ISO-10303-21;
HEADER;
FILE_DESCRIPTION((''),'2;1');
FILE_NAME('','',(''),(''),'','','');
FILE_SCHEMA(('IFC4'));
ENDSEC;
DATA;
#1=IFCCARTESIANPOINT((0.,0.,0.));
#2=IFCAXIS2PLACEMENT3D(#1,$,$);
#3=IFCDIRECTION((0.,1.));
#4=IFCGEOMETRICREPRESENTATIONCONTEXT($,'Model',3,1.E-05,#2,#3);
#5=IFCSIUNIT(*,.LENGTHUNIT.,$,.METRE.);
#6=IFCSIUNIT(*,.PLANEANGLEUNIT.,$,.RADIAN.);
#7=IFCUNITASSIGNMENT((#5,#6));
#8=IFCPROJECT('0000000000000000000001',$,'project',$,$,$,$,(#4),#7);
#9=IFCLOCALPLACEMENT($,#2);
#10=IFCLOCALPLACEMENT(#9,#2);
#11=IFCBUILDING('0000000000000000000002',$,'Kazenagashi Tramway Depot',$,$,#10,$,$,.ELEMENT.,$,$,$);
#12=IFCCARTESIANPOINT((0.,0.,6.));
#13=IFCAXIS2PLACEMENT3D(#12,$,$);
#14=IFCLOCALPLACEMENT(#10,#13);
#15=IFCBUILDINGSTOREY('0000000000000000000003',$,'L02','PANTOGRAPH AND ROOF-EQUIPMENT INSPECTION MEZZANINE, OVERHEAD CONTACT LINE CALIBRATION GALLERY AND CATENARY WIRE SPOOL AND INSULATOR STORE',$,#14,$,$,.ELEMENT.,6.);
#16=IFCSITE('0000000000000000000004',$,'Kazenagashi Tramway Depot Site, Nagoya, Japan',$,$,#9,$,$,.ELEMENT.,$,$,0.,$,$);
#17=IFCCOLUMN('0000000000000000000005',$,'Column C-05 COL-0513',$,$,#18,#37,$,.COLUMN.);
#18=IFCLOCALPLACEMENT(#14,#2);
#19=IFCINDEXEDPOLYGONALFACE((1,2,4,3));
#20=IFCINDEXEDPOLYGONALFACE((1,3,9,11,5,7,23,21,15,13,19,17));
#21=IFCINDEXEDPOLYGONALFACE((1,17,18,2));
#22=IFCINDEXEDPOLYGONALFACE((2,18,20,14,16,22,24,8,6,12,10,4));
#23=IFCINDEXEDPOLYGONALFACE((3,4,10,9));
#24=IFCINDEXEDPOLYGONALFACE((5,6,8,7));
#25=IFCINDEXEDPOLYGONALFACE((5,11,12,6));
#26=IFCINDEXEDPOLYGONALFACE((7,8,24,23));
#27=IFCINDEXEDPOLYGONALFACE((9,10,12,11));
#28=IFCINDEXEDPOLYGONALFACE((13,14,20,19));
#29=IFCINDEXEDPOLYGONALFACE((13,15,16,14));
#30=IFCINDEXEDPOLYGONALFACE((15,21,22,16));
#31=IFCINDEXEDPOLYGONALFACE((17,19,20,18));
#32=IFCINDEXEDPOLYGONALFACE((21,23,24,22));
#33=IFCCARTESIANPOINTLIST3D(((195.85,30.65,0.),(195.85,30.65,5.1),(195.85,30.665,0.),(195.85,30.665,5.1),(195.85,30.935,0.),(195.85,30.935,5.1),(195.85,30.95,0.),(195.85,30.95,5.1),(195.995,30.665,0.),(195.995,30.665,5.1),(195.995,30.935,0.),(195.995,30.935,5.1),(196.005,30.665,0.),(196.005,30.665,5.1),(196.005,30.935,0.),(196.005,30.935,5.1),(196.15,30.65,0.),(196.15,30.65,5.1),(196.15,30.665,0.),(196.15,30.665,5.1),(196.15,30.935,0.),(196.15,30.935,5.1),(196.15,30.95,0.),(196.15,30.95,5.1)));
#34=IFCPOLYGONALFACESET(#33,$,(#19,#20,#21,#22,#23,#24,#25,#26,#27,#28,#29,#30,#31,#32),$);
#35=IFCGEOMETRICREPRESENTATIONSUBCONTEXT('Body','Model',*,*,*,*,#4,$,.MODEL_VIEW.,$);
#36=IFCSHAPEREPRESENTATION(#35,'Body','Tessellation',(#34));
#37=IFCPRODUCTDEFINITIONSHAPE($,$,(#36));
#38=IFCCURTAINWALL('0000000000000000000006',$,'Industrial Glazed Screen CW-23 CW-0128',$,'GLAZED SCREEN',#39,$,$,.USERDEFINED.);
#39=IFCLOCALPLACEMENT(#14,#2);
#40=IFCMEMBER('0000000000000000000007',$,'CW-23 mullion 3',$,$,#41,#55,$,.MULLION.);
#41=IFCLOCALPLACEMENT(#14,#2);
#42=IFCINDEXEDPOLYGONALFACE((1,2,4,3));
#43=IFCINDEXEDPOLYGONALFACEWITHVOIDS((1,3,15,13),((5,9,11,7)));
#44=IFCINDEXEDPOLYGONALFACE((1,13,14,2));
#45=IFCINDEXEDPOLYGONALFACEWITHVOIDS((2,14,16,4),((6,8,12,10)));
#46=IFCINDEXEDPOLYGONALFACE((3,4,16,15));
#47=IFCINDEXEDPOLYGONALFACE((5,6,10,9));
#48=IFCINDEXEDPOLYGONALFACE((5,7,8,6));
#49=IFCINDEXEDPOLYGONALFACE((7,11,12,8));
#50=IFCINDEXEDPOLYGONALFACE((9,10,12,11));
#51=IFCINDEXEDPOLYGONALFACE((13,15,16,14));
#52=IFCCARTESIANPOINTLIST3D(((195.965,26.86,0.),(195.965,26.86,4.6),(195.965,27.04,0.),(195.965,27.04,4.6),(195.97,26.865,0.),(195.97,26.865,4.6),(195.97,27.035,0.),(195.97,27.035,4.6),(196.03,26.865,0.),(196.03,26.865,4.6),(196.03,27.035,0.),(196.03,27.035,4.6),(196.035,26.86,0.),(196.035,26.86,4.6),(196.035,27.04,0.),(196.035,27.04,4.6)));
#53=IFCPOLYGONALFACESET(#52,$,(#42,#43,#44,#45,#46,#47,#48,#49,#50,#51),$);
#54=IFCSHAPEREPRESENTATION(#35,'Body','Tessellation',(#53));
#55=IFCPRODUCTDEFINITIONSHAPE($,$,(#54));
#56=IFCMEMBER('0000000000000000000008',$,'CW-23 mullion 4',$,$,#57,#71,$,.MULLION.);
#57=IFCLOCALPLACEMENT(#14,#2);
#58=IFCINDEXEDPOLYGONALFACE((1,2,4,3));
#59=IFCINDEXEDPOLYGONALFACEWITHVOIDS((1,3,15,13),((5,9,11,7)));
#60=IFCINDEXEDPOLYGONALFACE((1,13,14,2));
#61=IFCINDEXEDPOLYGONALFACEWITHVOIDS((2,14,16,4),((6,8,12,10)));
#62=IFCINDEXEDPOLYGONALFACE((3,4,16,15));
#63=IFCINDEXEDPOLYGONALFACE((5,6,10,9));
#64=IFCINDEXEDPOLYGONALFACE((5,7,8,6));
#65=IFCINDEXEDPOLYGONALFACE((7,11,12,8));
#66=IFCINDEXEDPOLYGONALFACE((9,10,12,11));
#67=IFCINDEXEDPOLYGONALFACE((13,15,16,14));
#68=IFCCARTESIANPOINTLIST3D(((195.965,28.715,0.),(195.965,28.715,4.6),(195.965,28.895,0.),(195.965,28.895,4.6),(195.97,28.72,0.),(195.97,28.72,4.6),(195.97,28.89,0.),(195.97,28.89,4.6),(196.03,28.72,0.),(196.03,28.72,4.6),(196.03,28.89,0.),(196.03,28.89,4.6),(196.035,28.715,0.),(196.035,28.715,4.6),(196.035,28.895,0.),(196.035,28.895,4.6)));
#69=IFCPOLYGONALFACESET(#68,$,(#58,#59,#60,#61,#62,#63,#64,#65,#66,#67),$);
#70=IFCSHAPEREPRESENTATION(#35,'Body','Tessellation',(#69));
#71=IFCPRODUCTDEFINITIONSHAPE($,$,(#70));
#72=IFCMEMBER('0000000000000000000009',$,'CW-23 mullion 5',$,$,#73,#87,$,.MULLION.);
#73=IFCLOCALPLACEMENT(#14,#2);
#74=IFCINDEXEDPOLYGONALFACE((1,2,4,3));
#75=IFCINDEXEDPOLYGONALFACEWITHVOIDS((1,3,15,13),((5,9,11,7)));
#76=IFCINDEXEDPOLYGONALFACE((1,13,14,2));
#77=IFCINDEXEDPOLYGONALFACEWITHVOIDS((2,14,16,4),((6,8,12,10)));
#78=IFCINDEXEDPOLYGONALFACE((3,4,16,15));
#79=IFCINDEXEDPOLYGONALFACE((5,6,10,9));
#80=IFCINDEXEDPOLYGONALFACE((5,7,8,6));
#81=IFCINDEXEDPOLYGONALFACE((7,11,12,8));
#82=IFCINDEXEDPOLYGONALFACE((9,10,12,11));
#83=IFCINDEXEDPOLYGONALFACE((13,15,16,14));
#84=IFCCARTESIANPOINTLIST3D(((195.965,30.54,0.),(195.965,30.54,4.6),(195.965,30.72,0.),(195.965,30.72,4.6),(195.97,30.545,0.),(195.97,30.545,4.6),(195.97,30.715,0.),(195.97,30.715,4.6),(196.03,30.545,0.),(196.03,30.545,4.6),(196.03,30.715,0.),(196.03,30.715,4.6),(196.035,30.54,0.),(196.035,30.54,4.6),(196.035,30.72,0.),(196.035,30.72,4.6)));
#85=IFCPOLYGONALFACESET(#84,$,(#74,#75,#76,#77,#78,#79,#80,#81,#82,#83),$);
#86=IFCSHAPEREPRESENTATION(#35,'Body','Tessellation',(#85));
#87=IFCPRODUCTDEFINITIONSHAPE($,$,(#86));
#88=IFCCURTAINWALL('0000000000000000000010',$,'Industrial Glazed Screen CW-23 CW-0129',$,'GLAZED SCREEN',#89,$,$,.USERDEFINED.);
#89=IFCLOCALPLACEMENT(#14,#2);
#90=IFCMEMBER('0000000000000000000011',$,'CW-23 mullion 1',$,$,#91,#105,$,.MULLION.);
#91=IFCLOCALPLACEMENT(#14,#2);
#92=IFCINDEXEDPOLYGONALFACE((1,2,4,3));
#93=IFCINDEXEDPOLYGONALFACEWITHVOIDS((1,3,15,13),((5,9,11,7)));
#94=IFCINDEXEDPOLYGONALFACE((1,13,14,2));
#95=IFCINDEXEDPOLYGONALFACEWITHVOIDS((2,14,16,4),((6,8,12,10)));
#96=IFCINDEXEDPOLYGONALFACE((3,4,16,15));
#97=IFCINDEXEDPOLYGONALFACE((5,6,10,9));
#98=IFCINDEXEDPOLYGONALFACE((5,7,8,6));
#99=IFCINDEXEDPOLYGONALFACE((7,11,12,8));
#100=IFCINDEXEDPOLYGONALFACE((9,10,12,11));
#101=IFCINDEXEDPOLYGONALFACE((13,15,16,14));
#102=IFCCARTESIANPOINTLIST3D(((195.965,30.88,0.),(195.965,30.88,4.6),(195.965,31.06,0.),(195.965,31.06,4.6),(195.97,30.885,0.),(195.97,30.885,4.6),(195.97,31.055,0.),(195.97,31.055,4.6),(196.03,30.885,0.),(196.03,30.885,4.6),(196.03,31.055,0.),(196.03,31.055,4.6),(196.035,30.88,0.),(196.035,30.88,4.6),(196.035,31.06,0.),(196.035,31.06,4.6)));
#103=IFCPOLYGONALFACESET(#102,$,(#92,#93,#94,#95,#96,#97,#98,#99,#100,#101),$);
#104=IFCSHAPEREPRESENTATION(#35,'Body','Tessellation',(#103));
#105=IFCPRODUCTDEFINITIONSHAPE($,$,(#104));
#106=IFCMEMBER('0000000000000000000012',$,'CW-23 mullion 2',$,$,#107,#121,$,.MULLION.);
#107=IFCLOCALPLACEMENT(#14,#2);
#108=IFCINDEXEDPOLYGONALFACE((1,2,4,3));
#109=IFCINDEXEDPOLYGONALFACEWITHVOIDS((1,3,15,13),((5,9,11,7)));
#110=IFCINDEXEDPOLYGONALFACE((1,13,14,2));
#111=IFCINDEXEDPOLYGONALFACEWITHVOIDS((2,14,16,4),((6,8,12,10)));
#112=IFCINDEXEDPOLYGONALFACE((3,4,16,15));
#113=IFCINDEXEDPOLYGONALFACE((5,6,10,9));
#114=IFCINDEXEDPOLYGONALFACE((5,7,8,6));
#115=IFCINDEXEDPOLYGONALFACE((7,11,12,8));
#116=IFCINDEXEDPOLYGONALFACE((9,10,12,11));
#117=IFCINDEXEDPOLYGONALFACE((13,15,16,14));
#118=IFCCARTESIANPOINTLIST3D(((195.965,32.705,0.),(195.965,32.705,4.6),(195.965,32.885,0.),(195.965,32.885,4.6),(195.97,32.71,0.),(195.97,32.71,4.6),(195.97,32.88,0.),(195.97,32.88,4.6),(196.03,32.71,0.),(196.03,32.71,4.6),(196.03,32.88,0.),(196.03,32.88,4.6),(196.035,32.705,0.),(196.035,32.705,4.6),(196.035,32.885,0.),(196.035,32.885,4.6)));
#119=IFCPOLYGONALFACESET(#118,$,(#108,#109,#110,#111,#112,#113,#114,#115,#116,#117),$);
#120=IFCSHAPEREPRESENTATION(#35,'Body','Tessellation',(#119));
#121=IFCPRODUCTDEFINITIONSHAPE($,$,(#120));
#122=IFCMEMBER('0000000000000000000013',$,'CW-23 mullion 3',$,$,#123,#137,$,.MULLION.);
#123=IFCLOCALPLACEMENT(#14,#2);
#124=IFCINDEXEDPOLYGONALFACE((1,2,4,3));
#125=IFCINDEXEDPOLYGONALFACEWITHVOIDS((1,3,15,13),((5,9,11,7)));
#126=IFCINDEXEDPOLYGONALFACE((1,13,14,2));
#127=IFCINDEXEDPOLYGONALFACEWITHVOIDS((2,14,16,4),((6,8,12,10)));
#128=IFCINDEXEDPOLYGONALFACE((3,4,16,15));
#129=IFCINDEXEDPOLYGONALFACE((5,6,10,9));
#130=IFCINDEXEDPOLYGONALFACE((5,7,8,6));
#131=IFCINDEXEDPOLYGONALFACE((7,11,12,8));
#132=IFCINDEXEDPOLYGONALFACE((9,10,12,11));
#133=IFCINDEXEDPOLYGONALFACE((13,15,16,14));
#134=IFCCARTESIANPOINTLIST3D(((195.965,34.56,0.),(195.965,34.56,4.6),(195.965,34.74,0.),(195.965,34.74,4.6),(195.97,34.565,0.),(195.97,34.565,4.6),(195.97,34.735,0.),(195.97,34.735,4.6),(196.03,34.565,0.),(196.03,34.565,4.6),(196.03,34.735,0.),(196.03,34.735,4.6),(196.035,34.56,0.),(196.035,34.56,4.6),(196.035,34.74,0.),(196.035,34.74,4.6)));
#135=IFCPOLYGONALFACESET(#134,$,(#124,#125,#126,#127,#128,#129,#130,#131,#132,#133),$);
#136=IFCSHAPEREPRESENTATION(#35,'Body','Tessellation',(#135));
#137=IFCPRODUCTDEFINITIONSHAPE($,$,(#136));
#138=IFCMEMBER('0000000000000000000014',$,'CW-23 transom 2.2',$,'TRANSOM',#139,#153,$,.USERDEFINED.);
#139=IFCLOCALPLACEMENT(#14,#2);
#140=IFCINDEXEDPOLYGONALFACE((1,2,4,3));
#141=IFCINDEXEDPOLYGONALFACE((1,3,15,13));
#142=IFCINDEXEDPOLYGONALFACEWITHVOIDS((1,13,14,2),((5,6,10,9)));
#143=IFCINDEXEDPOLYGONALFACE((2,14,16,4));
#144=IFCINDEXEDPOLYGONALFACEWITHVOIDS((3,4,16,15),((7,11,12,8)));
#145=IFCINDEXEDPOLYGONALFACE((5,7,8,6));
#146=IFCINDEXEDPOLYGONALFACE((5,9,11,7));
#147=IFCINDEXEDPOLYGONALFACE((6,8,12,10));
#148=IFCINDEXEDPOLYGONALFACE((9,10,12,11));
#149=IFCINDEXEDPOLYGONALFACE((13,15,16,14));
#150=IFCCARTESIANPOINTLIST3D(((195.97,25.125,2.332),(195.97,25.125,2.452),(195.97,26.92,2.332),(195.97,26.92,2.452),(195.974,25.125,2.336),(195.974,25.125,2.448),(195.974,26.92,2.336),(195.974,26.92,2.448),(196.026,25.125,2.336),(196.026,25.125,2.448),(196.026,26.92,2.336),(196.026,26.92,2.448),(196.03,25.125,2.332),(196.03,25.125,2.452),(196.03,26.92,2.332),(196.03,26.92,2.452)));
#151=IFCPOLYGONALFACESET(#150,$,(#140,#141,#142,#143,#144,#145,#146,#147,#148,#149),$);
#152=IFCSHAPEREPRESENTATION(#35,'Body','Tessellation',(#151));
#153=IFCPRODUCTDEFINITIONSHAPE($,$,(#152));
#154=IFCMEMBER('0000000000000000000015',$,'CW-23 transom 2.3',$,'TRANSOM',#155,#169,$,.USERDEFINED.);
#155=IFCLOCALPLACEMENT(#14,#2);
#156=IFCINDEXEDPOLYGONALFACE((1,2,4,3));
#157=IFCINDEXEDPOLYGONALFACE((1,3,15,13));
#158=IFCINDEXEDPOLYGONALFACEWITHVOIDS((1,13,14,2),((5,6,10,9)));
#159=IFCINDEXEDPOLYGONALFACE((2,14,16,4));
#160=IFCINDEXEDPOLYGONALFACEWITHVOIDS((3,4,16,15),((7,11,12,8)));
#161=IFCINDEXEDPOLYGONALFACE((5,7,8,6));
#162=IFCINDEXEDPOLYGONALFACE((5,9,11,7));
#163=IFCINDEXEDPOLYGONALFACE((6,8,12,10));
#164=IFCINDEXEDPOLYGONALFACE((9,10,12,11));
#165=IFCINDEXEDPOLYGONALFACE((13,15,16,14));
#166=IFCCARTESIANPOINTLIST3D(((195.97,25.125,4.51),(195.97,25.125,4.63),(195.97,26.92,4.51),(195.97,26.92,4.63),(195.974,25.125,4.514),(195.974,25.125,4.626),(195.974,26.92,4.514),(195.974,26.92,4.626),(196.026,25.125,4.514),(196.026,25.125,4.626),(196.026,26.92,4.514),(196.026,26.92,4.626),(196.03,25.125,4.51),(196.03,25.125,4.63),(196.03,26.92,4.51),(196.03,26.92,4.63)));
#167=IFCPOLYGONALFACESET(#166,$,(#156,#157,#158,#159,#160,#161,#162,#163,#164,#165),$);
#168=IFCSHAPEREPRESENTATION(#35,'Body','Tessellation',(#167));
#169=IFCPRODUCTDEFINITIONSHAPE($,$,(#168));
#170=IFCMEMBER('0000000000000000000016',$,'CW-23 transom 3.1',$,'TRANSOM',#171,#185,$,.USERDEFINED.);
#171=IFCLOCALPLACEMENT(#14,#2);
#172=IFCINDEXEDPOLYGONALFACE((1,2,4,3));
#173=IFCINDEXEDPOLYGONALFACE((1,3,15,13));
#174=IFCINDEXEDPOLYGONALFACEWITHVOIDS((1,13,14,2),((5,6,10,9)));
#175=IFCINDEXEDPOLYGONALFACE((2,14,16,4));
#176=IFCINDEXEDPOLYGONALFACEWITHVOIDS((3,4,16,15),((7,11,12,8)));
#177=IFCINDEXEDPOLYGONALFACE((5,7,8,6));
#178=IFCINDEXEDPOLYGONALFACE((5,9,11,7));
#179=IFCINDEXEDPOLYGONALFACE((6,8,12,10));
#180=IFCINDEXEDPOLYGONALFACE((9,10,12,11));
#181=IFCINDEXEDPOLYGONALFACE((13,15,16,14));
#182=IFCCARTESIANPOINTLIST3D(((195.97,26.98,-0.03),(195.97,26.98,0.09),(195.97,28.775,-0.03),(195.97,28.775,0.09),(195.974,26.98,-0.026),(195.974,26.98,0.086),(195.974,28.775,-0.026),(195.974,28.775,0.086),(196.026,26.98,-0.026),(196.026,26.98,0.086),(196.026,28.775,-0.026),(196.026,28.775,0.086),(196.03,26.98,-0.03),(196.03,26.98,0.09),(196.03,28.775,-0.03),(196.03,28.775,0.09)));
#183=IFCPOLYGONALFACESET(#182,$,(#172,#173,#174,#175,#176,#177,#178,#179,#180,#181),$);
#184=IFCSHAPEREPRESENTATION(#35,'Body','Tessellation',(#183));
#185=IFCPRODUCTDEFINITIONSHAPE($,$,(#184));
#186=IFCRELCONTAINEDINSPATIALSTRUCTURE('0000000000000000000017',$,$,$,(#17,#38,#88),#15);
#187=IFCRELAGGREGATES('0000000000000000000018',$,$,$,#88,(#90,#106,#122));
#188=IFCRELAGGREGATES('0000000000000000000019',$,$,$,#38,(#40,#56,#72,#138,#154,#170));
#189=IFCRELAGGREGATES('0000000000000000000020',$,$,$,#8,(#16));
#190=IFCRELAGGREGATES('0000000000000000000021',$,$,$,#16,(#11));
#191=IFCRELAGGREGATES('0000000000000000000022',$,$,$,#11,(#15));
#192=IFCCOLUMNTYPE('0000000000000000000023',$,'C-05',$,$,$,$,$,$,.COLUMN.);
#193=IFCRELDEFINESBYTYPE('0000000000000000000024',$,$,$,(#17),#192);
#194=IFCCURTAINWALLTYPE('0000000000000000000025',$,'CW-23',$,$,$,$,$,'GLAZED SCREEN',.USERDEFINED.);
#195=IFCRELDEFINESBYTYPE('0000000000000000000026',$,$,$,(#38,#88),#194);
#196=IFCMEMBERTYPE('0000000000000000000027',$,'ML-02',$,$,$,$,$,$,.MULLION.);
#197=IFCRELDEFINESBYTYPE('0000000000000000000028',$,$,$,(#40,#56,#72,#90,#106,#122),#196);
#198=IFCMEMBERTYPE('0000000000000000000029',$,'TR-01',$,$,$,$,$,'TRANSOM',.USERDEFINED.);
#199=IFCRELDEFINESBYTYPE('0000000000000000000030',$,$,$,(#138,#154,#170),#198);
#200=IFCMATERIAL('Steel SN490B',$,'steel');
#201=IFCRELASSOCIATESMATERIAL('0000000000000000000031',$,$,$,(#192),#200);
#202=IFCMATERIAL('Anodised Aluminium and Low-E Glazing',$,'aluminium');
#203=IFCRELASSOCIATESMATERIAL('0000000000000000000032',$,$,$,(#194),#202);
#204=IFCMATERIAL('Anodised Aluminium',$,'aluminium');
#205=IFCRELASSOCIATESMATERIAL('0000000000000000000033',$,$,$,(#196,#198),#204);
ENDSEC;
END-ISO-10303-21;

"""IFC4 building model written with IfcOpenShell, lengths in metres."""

from ifc_helpers import new_model, si_unit, direction, frame, origin, origin_2d, place, context, subcontext, project, spatial, hollow_rectangle, i_section, extrude, material, material_profile, profile_set, type_object, element, aggregate, save


model = new_model("IFC4")

# Units and contexts
model_context = context("Model", 3, precision=1e-05, world=origin(), true_north=direction((0.0, 1.0)))
body_context = subcontext(model_context, "Body", "Model", "MODEL_VIEW")
ifc_project = project(units=[si_unit("LENGTHUNIT", "METRE"), si_unit("PLANEANGLEUNIT", "RADIAN")], contexts=[model_context])

# Site, building, storey
site_placement = place(None, origin())
site = spatial("IfcSite", under=ifc_project, at=site_placement, Name="Kazenagashi Tramway Depot Site, Nagoya, Japan", CompositionType="ELEMENT", RefElevation=0.0)
building_placement = place(site_placement, origin())
building = spatial("IfcBuilding", under=site, at=building_placement, Name="Kazenagashi Tramway Depot", CompositionType="ELEMENT")
storey_placement = place(building_placement, frame((0.0, 0.0, 6.0)))
storey = spatial("IfcBuildingStorey", under=building, at=storey_placement, Name="L02", Description="PANTOGRAPH AND ROOF-EQUIPMENT INSPECTION MEZZANINE, OVERHEAD CONTACT LINE CALIBRATION GALLERY AND CATENARY WIRE SPOOL AND INSULATOR STORE", CompositionType="ELEMENT", Elevation=6.0)

# Column
ifc_material_1 = material(Name="Steel SN490B", Category="steel")
ifc_material_profile_1 = material_profile(ifc_material_1, i_section(OverallWidth=0.3, OverallDepth=0.3, WebThickness=0.01, FlangeThickness=0.015, at=origin_2d()), Name="H-300x300x10x15")
ifc_profile_set_1 = profile_set([ifc_material_profile_1], Name="Steel SN490B")
column_type = type_object("IfcColumnType", Name="C-05", PredefinedType="COLUMN", material=ifc_profile_set_1)
column_placement = place(storey_placement, frame((196.0, 30.8, 0.0), z_axis=(0.0, 0.0, 1.0), x_axis=(1.0, 0.0, 0.0)))
element("IfcColumn", 1, at=column_placement, inside=storey, type_object=column_type, Name="Column C-05 COL-0513", PredefinedType="COLUMN", context=body_context, shape_type="SweptSolid", body=[
    extrude(i_section(OverallWidth=0.3, OverallDepth=0.3, WebThickness=0.01, FlangeThickness=0.015, at=origin_2d()), origin(), (0.0, 0.0, 1.0), 5.1),
])

# Curtain walls, members
ifc_material_2 = material(Name="Anodised Aluminium and Low-E Glazing", Category="aluminium")
curtain_wall_type = type_object("IfcCurtainWallType", Name="CW-23", ElementType="GLAZED SCREEN", PredefinedType="USERDEFINED", material=ifc_material_2)
curtain_wall_1_placement = place(storey_placement, origin())
curtain_wall_1 = element("IfcCurtainWall", 2, at=curtain_wall_1_placement, inside=storey, type_object=curtain_wall_type, Name="Industrial Glazed Screen CW-23 CW-0128", ObjectType="GLAZED SCREEN", PredefinedType="USERDEFINED")
ifc_material_3 = material(Name="Anodised Aluminium", Category="aluminium")
ifc_material_profile_2 = material_profile(ifc_material_3, hollow_rectangle(XDim=0.07, YDim=0.18, WallThickness=0.005, at=origin_2d()), Name="RHS-180x70x5")
ifc_profile_set_2 = profile_set([ifc_material_profile_2], Name="Anodised Aluminium")
member_type_1 = type_object("IfcMemberType", Name="ML-02", PredefinedType="MULLION", material=ifc_profile_set_2)
member_1_placement = place(storey_placement, frame((196.0, 26.95, 0.0), z_axis=(0.0, 0.0, 1.0), x_axis=(-1.0, 0.0, 0.0)))
member_1 = element("IfcMember", 3, at=member_1_placement, type_object=member_type_1, Name="CW-23 mullion 3", PredefinedType="MULLION", context=body_context, shape_type="SweptSolid", body=[
    extrude(hollow_rectangle(XDim=0.07, YDim=0.18, WallThickness=0.005, at=origin_2d()), origin(), (0.0, 0.0, 1.0), 4.6),
])
member_2_placement = place(storey_placement, frame((196.0, 28.805, 0.0), z_axis=(0.0, 0.0, 1.0), x_axis=(-1.0, 0.0, 0.0)))
member_2 = element("IfcMember", 4, at=member_2_placement, type_object=member_type_1, Name="CW-23 mullion 4", PredefinedType="MULLION", context=body_context, shape_type="SweptSolid", body=[
    extrude(hollow_rectangle(XDim=0.07, YDim=0.18, WallThickness=0.005, at=origin_2d()), origin(), (0.0, 0.0, 1.0), 4.6),
])
member_3_placement = place(storey_placement, frame((196.0, 30.63, 0.0), z_axis=(0.0, 0.0, 1.0), x_axis=(-1.0, 0.0, 0.0)))
member_3 = element("IfcMember", 5, at=member_3_placement, type_object=member_type_1, Name="CW-23 mullion 5", PredefinedType="MULLION", context=body_context, shape_type="SweptSolid", body=[
    extrude(hollow_rectangle(XDim=0.07, YDim=0.18, WallThickness=0.005, at=origin_2d()), origin(), (0.0, 0.0, 1.0), 4.6),
])
curtain_wall_2_placement = place(storey_placement, origin())
curtain_wall_2 = element("IfcCurtainWall", 6, at=curtain_wall_2_placement, inside=storey, type_object=curtain_wall_type, Name="Industrial Glazed Screen CW-23 CW-0129", ObjectType="GLAZED SCREEN", PredefinedType="USERDEFINED")
member_4_placement = place(storey_placement, frame((196.0, 30.97, 0.0), z_axis=(0.0, 0.0, 1.0), x_axis=(-1.0, 0.0, 0.0)))
member_4 = element("IfcMember", 7, at=member_4_placement, type_object=member_type_1, Name="CW-23 mullion 1", PredefinedType="MULLION", context=body_context, shape_type="SweptSolid", body=[
    extrude(hollow_rectangle(XDim=0.07, YDim=0.18, WallThickness=0.005, at=origin_2d()), origin(), (0.0, 0.0, 1.0), 4.6),
])
member_5_placement = place(storey_placement, frame((196.0, 32.795, 0.0), z_axis=(0.0, 0.0, 1.0), x_axis=(-1.0, 0.0, 0.0)))
member_5 = element("IfcMember", 8, at=member_5_placement, type_object=member_type_1, Name="CW-23 mullion 2", PredefinedType="MULLION", context=body_context, shape_type="SweptSolid", body=[
    extrude(hollow_rectangle(XDim=0.07, YDim=0.18, WallThickness=0.005, at=origin_2d()), origin(), (0.0, 0.0, 1.0), 4.6),
])
member_6_placement = place(storey_placement, frame((196.0, 34.65, 0.0), z_axis=(0.0, 0.0, 1.0), x_axis=(-1.0, 0.0, 0.0)))
member_6 = element("IfcMember", 9, at=member_6_placement, type_object=member_type_1, Name="CW-23 mullion 3", PredefinedType="MULLION", context=body_context, shape_type="SweptSolid", body=[
    extrude(hollow_rectangle(XDim=0.07, YDim=0.18, WallThickness=0.005, at=origin_2d()), origin(), (0.0, 0.0, 1.0), 4.6),
])

# Members
ifc_material_profile_3 = material_profile(ifc_material_3, hollow_rectangle(XDim=0.06, YDim=0.12, WallThickness=0.004, at=origin_2d()), Name="RHS-120x60x4")
ifc_profile_set_3 = profile_set([ifc_material_profile_3], Name="Anodised Aluminium")
member_type_2 = type_object("IfcMemberType", Name="TR-01", ElementType="TRANSOM", PredefinedType="USERDEFINED", material=ifc_profile_set_3)
member_7_placement = place(storey_placement, frame((196.0, 25.125, 2.392), z_axis=(0.0, 1.0, 0.0), x_axis=(-1.0, 0.0, 0.0)))
member_7 = element("IfcMember", 10, at=member_7_placement, type_object=member_type_2, Name="CW-23 transom 2.2", ObjectType="TRANSOM", PredefinedType="USERDEFINED", context=body_context, shape_type="SweptSolid", body=[
    extrude(hollow_rectangle(XDim=0.06, YDim=0.12, WallThickness=0.004, at=origin_2d()), origin(), (0.0, 0.0, 1.0), 1.795),
])
member_8_placement = place(storey_placement, frame((196.0, 25.125, 4.57), z_axis=(0.0, 1.0, 0.0), x_axis=(-1.0, 0.0, 0.0)))
member_8 = element("IfcMember", 11, at=member_8_placement, type_object=member_type_2, Name="CW-23 transom 2.3", ObjectType="TRANSOM", PredefinedType="USERDEFINED", context=body_context, shape_type="SweptSolid", body=[
    extrude(hollow_rectangle(XDim=0.06, YDim=0.12, WallThickness=0.004, at=origin_2d()), origin(), (0.0, 0.0, 1.0), 1.795),
])
member_9_placement = place(storey_placement, frame((196.0, 26.98, 0.03), z_axis=(0.0, 1.0, 0.0), x_axis=(-1.0, 0.0, 0.0)))
member_9 = element("IfcMember", 12, at=member_9_placement, type_object=member_type_2, Name="CW-23 transom 3.1", ObjectType="TRANSOM", PredefinedType="USERDEFINED", context=body_context, shape_type="SweptSolid", body=[
    extrude(hollow_rectangle(XDim=0.06, YDim=0.12, WallThickness=0.004, at=origin_2d()), origin(), (0.0, 0.0, 1.0), 1.795),
])

aggregate(curtain_wall_2, [member_4, member_5, member_6])
aggregate(curtain_wall_1, [member_1, member_2, member_3, member_7, member_8, member_9])

save(model, "model.ifc")
